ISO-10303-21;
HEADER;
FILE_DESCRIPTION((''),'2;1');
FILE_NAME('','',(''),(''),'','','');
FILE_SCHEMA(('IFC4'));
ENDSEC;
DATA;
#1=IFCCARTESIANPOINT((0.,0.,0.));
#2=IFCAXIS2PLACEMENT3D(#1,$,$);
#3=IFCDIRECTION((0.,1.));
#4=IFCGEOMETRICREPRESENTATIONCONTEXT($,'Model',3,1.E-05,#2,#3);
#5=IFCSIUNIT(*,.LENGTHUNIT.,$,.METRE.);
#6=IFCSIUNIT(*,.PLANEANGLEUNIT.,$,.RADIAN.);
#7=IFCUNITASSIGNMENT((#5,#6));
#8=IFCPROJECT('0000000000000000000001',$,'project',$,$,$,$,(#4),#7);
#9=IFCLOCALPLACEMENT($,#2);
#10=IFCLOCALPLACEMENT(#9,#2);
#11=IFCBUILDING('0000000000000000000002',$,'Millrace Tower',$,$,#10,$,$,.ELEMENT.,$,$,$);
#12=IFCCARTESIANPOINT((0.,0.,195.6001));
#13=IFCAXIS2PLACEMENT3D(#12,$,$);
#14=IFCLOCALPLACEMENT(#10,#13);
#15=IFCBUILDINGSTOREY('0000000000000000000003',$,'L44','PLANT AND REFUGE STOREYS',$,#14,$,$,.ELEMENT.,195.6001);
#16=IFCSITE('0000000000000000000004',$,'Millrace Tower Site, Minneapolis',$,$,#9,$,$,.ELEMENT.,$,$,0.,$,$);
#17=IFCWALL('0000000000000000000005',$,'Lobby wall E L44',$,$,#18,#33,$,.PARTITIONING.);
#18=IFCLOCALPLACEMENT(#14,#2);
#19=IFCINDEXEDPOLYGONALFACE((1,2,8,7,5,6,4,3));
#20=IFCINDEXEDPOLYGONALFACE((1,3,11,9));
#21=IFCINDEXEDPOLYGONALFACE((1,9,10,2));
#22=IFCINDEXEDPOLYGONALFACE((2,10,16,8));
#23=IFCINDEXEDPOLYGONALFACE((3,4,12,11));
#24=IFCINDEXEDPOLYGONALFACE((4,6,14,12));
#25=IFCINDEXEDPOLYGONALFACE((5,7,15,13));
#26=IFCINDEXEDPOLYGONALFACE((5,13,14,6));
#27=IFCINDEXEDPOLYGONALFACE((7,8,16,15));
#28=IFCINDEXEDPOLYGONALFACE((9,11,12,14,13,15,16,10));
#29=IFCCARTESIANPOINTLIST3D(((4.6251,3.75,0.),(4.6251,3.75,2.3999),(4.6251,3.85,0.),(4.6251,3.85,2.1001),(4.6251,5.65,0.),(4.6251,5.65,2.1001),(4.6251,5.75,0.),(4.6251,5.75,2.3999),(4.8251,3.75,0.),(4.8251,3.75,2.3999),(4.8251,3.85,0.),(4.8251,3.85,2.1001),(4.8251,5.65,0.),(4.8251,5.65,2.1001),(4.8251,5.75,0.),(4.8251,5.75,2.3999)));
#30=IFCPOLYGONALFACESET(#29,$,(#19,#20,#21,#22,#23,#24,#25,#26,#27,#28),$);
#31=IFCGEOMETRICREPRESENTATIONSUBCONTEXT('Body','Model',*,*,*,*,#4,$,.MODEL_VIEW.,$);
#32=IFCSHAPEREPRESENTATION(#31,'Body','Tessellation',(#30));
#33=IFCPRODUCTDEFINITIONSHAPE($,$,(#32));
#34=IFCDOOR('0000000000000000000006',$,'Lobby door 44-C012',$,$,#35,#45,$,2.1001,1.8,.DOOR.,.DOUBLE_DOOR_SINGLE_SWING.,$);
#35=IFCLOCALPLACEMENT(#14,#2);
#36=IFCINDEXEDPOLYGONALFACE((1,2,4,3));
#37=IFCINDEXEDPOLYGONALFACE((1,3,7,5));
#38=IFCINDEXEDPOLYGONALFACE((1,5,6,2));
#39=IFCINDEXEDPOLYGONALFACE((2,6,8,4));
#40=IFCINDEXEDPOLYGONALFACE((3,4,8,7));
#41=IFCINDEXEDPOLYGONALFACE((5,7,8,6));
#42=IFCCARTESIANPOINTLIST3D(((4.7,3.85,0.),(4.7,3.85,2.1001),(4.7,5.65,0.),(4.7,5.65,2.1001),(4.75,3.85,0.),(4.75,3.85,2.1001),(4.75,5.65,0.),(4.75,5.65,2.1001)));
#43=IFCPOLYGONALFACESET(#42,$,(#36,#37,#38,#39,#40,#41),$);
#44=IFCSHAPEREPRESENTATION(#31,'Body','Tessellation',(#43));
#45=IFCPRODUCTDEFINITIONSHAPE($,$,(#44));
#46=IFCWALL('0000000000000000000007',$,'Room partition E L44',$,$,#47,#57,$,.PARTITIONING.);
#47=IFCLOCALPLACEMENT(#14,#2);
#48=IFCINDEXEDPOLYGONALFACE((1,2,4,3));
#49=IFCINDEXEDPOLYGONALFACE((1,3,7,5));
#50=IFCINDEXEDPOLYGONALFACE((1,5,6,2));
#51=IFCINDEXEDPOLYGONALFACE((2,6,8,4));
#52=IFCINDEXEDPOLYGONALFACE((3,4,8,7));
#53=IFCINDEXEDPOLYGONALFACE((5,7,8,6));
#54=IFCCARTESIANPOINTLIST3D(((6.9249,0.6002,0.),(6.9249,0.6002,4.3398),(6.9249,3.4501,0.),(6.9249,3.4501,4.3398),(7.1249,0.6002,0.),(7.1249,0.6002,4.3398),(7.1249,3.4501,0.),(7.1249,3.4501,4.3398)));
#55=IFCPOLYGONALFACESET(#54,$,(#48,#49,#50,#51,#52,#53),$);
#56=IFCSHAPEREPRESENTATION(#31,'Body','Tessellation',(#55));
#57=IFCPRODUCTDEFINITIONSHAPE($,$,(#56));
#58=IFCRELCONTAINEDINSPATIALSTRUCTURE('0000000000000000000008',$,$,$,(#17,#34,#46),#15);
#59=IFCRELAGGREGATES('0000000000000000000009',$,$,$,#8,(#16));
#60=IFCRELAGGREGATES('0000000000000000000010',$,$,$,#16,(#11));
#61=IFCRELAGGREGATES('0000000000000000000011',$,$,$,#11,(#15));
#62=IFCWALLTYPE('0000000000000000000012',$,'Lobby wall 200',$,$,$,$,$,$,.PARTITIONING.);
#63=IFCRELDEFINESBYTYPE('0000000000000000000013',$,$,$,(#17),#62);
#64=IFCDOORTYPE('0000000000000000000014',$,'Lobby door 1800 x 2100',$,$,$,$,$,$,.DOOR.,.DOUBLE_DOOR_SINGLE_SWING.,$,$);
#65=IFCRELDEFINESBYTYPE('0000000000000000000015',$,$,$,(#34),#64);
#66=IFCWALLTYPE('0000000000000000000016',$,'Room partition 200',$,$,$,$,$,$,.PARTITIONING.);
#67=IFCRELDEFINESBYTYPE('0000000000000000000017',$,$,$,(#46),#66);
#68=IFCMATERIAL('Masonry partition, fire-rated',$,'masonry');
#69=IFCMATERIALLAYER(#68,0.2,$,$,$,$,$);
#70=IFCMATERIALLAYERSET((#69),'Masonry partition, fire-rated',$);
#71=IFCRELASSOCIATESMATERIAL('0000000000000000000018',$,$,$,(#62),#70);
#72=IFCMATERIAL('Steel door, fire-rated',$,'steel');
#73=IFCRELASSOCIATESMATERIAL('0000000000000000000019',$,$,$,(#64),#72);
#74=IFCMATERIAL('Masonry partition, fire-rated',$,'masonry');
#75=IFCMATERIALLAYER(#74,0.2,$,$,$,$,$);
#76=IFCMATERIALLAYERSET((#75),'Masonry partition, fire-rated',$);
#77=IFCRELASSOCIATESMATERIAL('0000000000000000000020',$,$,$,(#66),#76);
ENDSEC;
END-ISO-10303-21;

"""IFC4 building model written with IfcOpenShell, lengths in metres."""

from ifc_helpers import new_model, si_unit, direction, frame, frame_2d, origin, place, context, subcontext, project, spatial, rectangle, extrude, material, layer, layer_set, type_object, element, fill, save


model = new_model("IFC4")

# Units and contexts
model_context = context("Model", 3, precision=1e-05, world=origin(), true_north=direction((0.0, 1.0)))
body_context = subcontext(model_context, "Body", "Model", "MODEL_VIEW")
ifc_project = project(units=[si_unit("LENGTHUNIT", "METRE"), si_unit("PLANEANGLEUNIT", "RADIAN")], contexts=[model_context])

# Site, building, storey
site_placement = place(None, origin())
site = spatial("IfcSite", under=ifc_project, at=site_placement, Name="Millrace Tower Site, Minneapolis", CompositionType="ELEMENT", RefElevation=0.0)
building_placement = place(site_placement, origin())
building = spatial("IfcBuilding", under=site, at=building_placement, Name="Millrace Tower", CompositionType="ELEMENT")
storey_placement = place(building_placement, frame((0.0, 0.0, 195.6001)))
storey = spatial("IfcBuildingStorey", under=building, at=storey_placement, Name="L44", Description="PLANT AND REFUGE STOREYS", CompositionType="ELEMENT", Elevation=195.6001)

# Wall, opening, door
ifc_material_1 = material(Name="Masonry partition, fire-rated", Category="masonry")
ifc_layer_1 = layer(ifc_material_1, 0.2)
ifc_layer_set_1 = layer_set([ifc_layer_1], Name="Masonry partition, fire-rated")
wall_type_1 = type_object("IfcWallType", Name="Lobby wall 200", PredefinedType="PARTITIONING", material=ifc_layer_set_1)
wall_1_placement = place(storey_placement, frame((4.7251, 5.75, 0.0), z_axis=(0.0, 0.0, 1.0), x_axis=(0.0, -1.0, 0.0)))
wall_1 = element("IfcWall", 1, at=wall_1_placement, inside=storey, type_object=wall_type_1, Name="Lobby wall E L44", PredefinedType="PARTITIONING", context=body_context, shape_type="SweptSolid", body=[
    extrude(rectangle(XDim=2.0, YDim=0.2, at=frame_2d((1.0, 0.0))), origin(), (0.0, 0.0, 1.0), 2.3999),
])
opening_1_placement = place(wall_1_placement, frame((0.1001, 0.0, 0.0)))
opening_1 = element("IfcOpeningElement", 2, at=opening_1_placement, cuts=wall_1, PredefinedType="OPENING", context=body_context, shape_type="SweptSolid", body=[
    extrude(rectangle(XDim=1.8, YDim=2.1001, at=frame_2d((0.8999, 1.05))), frame((0.0, 0.1099, 0.0), z_axis=(0.0, -1.0, 0.0), x_axis=(1.0, 0.0, 0.0)), (0.0, 0.0, 1.0), 0.22),
])
ifc_material_2 = material(Name="Steel door, fire-rated", Category="steel")
door_type_1 = type_object("IfcDoorType", Name="Lobby door 1800 x 2100", OperationType="DOUBLE_DOOR_SINGLE_SWING", PredefinedType="DOOR", material=ifc_material_2)
door_1_placement = place(opening_1_placement, origin())
door_1 = element("IfcDoor", 3, at=door_1_placement, inside=storey, type_object=door_type_1, Name="Lobby door 44-C012", OperationType="DOUBLE_DOOR_SINGLE_SWING", OverallHeight=2.1001, OverallWidth=1.8, PredefinedType="DOOR", context=body_context, shape_type="SweptSolid", body=[
    extrude(rectangle(XDim=1.8, YDim=2.1001, at=frame_2d((0.8999, 1.05))), frame((0.0, 0.0249, 0.0), z_axis=(0.0, -1.0, 0.0), x_axis=(1.0, 0.0, 0.0)), (0.0, 0.0, 1.0), 0.05),
])
fill(opening_1, door_1)

# Wall
ifc_material_3 = material(Name="Masonry partition, fire-rated", Category="masonry")
ifc_layer_2 = layer(ifc_material_3, 0.2)
ifc_layer_set_2 = layer_set([ifc_layer_2], Name="Masonry partition, fire-rated")
wall_type_2 = type_object("IfcWallType", Name="Room partition 200", PredefinedType="PARTITIONING", material=ifc_layer_set_2)
wall_2_placement = place(storey_placement, frame((7.0249, 3.45, 0.0), z_axis=(0.0, 0.0, 1.0), x_axis=(0.0, -1.0, 0.0)))
element("IfcWall", 4, at=wall_2_placement, inside=storey, type_object=wall_type_2, Name="Room partition E L44", PredefinedType="PARTITIONING", context=body_context, shape_type="SweptSolid", body=[
    extrude(rectangle(XDim=2.8499, YDim=0.2, at=frame_2d((1.4248, 0.0))), origin(), (0.0, 0.0, 1.0), 4.3398),
])

save(model, "model.ifc")
